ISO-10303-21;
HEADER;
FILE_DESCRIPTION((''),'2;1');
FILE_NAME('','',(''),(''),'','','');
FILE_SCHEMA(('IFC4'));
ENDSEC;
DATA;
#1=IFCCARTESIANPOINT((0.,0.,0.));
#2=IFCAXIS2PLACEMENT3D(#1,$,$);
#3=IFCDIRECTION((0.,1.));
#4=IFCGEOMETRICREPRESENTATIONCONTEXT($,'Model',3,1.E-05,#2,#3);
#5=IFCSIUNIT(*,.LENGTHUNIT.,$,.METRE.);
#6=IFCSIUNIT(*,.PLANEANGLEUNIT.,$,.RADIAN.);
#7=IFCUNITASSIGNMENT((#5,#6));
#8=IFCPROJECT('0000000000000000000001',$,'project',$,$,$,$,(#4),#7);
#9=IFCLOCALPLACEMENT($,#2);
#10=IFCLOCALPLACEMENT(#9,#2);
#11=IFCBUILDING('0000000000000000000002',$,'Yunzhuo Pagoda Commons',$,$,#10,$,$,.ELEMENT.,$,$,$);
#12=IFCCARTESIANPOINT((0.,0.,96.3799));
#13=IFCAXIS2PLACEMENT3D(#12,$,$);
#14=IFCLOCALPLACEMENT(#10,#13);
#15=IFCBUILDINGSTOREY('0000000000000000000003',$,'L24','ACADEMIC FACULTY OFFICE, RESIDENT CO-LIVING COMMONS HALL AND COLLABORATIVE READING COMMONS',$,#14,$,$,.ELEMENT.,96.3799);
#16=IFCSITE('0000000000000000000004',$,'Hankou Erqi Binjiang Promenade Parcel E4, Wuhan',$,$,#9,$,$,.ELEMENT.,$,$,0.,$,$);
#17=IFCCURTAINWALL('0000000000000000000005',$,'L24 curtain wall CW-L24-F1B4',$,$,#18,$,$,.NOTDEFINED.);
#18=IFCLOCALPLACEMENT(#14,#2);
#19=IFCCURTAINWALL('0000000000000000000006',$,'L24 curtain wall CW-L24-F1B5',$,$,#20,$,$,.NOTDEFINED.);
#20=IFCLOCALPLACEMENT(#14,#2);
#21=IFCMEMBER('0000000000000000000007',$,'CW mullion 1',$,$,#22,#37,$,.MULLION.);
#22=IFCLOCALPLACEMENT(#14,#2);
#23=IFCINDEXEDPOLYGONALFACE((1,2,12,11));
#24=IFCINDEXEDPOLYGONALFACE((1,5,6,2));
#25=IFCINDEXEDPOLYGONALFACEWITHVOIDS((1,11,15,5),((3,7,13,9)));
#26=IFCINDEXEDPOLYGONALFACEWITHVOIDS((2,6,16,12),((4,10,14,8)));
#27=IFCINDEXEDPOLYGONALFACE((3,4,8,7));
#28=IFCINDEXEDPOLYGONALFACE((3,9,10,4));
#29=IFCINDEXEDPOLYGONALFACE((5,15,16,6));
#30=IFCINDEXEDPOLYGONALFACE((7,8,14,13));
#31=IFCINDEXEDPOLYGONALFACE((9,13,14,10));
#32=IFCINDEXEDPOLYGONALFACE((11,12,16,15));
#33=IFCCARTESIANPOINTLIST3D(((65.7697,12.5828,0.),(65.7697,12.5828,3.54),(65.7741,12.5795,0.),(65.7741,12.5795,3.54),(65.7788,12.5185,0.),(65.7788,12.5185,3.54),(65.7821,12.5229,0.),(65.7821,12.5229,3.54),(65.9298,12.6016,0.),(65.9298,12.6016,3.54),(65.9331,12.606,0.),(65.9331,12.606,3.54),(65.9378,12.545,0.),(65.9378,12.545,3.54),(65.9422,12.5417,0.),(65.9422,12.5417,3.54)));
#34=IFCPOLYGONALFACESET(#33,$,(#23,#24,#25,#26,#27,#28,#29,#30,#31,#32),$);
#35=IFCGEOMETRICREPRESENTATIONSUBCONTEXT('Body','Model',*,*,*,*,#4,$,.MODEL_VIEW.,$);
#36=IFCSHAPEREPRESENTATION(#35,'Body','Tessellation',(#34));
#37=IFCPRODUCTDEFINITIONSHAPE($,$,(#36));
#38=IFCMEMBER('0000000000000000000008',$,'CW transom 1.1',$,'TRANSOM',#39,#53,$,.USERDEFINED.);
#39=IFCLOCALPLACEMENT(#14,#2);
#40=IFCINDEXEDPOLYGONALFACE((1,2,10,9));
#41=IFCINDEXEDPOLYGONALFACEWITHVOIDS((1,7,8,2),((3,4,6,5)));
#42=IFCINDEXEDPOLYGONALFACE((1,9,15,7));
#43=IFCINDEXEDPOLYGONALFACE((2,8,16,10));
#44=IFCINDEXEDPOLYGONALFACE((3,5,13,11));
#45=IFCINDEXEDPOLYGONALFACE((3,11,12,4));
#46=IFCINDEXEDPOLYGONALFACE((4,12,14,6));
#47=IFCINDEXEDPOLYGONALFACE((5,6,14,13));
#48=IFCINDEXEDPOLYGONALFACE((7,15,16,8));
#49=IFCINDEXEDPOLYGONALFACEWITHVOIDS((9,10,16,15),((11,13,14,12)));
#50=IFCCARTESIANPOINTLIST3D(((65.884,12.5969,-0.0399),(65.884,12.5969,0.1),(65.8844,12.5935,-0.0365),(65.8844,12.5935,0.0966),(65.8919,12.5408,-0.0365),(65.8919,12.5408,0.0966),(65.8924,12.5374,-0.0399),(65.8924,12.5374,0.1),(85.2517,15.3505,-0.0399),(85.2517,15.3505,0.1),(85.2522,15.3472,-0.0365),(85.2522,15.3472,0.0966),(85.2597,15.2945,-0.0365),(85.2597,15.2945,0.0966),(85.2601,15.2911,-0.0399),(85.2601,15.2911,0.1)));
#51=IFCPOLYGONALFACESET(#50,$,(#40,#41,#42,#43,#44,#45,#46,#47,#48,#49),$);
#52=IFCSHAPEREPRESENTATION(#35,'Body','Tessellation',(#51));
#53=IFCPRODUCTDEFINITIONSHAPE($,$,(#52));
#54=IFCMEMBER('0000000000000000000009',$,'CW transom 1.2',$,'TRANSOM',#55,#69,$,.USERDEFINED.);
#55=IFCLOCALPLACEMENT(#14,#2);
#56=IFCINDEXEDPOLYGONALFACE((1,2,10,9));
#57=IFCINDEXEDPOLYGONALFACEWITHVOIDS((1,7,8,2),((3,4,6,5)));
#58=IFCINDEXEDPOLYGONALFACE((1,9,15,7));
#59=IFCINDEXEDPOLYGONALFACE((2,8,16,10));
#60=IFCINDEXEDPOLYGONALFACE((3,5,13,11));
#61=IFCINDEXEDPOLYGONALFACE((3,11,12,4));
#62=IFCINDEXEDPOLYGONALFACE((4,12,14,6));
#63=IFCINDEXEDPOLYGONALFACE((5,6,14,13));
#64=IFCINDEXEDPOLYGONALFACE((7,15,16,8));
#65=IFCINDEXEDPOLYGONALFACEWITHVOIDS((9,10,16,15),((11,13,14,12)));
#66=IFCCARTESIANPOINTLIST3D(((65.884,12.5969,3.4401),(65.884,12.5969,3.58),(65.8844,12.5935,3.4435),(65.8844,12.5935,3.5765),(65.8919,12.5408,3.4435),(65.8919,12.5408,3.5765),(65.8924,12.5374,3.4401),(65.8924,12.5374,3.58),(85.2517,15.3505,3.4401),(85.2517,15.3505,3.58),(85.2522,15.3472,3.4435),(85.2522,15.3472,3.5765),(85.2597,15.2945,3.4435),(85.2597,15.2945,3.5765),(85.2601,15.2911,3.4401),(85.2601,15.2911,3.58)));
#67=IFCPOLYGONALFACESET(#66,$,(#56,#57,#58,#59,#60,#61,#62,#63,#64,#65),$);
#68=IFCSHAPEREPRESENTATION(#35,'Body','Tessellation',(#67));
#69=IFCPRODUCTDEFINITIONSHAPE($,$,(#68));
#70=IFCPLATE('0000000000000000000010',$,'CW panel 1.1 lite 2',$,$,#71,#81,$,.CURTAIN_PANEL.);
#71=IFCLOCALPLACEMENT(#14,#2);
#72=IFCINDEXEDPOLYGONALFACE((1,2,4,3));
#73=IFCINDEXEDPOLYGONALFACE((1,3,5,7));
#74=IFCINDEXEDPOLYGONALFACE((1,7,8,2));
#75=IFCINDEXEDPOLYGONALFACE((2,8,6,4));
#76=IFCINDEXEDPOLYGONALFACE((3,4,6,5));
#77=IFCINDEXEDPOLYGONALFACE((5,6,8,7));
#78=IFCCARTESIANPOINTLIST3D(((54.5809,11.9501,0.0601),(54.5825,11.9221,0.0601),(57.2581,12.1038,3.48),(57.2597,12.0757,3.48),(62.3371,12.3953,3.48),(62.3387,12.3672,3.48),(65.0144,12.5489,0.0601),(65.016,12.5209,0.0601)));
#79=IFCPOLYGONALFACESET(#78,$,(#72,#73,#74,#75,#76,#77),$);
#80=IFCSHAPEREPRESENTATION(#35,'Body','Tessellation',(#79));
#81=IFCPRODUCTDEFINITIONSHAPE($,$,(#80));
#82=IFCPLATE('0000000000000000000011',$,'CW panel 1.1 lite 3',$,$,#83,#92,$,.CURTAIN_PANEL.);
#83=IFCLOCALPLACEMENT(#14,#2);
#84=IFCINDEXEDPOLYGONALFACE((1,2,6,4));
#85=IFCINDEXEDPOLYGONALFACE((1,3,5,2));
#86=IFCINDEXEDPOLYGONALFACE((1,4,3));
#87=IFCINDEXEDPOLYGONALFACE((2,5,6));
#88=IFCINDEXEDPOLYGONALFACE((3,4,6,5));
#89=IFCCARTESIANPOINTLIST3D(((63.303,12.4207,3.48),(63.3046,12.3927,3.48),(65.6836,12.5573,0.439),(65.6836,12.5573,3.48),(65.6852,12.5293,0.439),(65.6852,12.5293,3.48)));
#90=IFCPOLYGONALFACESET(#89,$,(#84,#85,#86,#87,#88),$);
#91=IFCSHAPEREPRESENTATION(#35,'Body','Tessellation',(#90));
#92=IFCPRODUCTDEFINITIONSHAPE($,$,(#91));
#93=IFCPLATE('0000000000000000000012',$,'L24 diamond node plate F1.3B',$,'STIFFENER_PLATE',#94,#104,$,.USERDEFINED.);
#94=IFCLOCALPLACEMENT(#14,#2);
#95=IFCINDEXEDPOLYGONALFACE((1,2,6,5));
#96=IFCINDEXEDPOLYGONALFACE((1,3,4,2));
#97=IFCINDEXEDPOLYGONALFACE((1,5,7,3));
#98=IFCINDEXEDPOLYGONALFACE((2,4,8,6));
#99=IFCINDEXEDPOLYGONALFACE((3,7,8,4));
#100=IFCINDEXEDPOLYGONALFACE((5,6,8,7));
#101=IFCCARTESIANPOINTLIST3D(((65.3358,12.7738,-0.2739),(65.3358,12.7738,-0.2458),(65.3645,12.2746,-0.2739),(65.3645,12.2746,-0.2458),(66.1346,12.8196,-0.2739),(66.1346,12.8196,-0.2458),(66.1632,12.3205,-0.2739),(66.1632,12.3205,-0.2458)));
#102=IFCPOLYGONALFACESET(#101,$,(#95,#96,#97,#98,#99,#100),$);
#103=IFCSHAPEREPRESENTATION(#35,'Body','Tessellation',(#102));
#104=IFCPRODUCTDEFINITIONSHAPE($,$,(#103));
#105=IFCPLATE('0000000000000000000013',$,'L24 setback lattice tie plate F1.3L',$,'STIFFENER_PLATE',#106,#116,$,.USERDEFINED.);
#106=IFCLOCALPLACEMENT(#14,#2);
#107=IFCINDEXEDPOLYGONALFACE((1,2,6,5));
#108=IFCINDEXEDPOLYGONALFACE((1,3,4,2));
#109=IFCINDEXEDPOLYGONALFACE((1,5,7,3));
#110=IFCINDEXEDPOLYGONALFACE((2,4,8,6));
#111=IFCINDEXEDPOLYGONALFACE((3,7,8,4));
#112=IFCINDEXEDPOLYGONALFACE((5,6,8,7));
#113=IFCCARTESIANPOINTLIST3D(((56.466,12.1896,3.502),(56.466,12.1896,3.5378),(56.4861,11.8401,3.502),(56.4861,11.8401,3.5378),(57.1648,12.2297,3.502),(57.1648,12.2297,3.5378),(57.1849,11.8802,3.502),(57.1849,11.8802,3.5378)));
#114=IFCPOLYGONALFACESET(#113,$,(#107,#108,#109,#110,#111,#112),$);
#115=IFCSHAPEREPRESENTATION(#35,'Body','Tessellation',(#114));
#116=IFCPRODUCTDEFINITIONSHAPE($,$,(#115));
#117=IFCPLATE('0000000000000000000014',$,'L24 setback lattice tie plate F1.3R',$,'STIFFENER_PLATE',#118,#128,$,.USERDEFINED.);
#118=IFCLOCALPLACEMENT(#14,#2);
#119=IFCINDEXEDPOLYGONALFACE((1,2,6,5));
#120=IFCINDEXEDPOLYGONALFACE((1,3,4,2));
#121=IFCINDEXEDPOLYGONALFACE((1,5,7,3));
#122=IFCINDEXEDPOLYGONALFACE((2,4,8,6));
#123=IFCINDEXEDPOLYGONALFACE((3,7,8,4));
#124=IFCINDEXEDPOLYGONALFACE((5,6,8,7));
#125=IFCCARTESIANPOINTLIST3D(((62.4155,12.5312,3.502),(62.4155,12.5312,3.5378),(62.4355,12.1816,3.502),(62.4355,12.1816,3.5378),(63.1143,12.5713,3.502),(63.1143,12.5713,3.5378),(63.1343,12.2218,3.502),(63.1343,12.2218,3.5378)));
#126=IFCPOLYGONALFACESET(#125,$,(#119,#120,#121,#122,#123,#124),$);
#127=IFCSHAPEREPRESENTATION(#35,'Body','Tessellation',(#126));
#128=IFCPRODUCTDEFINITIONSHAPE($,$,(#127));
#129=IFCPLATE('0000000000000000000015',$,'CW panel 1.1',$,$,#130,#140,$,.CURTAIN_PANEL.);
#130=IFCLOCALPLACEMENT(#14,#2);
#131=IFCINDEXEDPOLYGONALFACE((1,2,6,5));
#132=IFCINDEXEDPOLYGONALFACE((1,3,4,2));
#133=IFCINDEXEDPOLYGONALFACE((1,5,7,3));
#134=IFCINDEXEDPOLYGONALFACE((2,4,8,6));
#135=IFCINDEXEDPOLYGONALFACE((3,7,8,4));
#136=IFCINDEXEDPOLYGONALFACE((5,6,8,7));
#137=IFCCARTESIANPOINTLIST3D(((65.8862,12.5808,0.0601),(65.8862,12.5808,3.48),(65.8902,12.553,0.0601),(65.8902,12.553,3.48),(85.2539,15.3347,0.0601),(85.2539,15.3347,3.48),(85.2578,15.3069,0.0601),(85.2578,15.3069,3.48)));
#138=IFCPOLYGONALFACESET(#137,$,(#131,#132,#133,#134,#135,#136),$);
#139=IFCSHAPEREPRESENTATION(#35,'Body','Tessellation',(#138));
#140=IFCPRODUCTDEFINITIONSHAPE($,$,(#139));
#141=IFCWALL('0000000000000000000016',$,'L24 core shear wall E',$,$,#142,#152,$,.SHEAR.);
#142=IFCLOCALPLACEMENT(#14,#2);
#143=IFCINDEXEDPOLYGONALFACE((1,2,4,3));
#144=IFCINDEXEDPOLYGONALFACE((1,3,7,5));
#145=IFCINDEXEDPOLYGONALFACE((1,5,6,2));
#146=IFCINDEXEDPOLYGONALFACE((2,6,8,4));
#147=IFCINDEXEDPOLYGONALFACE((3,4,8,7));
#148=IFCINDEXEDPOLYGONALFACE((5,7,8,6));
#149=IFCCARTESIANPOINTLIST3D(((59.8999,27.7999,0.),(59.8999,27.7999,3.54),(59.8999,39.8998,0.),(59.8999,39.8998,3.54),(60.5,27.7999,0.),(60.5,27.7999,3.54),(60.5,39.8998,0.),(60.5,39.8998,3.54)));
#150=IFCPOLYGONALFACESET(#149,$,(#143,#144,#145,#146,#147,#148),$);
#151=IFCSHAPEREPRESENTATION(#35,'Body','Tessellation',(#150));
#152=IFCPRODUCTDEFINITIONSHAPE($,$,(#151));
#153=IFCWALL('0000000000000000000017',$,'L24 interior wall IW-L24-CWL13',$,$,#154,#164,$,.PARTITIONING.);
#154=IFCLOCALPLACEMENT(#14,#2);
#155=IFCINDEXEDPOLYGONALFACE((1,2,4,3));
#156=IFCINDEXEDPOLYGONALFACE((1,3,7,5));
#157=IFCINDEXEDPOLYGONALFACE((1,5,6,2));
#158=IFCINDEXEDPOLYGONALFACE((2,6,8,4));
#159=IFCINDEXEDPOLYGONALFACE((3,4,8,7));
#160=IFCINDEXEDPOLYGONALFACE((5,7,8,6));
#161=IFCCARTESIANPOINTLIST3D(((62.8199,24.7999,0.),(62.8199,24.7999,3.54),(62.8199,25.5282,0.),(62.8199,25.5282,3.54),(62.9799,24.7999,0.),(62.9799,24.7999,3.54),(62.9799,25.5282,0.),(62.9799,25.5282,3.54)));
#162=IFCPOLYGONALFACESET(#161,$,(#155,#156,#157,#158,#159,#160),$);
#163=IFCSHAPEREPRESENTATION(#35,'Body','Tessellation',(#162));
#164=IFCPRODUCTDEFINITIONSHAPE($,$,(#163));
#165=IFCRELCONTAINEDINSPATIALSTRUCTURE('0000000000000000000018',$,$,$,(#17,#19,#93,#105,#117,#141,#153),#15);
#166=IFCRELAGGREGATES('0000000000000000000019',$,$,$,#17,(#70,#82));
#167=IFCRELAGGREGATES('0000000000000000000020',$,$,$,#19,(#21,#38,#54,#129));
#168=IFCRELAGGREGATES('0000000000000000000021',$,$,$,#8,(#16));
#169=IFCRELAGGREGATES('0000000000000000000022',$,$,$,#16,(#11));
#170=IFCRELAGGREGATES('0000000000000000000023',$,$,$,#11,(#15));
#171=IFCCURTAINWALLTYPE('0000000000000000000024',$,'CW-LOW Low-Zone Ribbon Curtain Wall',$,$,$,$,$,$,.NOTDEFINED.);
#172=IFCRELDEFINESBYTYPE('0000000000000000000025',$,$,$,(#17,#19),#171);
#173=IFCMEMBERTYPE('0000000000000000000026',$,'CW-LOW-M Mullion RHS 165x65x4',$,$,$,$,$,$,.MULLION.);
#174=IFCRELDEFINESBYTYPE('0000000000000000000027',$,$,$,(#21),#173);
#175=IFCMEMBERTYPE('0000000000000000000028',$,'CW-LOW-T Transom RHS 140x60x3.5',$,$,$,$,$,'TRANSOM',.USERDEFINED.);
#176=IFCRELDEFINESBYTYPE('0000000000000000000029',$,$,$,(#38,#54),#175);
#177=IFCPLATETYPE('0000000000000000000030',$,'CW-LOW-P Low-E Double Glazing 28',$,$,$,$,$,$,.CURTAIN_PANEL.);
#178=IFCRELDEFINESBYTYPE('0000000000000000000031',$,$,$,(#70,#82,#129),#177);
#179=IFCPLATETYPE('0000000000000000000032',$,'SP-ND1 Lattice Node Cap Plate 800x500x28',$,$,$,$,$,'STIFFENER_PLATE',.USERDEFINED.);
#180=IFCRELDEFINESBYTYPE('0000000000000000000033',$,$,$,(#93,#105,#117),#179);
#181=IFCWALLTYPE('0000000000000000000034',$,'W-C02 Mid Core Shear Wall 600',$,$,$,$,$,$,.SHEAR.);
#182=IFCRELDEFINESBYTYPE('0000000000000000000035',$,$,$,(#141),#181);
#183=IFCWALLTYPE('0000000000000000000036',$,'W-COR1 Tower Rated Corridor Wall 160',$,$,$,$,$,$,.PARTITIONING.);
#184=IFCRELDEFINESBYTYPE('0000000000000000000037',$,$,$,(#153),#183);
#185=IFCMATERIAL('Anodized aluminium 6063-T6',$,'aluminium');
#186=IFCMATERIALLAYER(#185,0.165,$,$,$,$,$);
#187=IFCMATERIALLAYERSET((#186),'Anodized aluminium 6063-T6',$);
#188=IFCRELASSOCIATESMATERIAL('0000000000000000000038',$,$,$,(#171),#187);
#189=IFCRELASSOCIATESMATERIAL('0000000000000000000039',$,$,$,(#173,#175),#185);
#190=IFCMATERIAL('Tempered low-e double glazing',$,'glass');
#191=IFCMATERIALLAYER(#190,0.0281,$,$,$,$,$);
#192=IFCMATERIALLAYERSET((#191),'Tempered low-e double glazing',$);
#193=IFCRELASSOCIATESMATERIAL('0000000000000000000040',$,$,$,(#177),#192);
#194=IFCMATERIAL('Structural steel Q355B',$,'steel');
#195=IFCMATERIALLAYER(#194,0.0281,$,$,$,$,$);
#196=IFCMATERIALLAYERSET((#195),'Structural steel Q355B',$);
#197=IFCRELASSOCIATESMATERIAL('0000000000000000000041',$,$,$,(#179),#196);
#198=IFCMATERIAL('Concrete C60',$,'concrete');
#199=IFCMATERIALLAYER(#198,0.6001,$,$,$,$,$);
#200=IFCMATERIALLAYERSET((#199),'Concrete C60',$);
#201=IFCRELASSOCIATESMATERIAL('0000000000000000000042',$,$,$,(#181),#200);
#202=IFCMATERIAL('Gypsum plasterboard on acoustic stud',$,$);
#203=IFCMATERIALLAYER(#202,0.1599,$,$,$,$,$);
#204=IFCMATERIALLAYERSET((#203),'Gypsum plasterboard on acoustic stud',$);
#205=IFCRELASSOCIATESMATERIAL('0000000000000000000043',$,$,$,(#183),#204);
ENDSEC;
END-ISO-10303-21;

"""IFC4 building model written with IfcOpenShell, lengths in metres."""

from ifc_helpers import new_model, si_unit, direction, frame, frame_2d, origin, origin_2d, place, context, subcontext, project, spatial, polyline, rectangle, hollow_rectangle, outline, extrude, source, transform, mapped, material, layer, layer_set, material_profile, profile_set, type_object, element, aggregate, save


model = new_model("IFC4")

# Units and contexts
model_context = context("Model", 3, precision=1e-05, world=origin(), true_north=direction((0.0, 1.0)))
body_context = subcontext(model_context, "Body", "Model", "MODEL_VIEW")
ifc_project = project(units=[si_unit("LENGTHUNIT", "METRE"), si_unit("PLANEANGLEUNIT", "RADIAN")], contexts=[model_context])

# Site, building, storey
site_placement = place(None, origin())
site = spatial("IfcSite", under=ifc_project, at=site_placement, Name="Hankou Erqi Binjiang Promenade Parcel E4, Wuhan", CompositionType="ELEMENT", RefElevation=0.0)
building_placement = place(site_placement, origin())
building = spatial("IfcBuilding", under=site, at=building_placement, Name="Yunzhuo Pagoda Commons", CompositionType="ELEMENT")
storey_placement = place(building_placement, frame((0.0, 0.0, 96.3799)))
storey = spatial("IfcBuildingStorey", under=building, at=storey_placement, Name="L24", Description="ACADEMIC FACULTY OFFICE, RESIDENT CO-LIVING COMMONS HALL AND COLLABORATIVE READING COMMONS", CompositionType="ELEMENT", Elevation=96.3799)

# Shared definitions
ifc_material_1 = material(Name="Structural steel Q355B", Category="steel")

# Curtain wall
ifc_material_2 = material(Name="Anodized aluminium 6063-T6", Category="aluminium")
ifc_layer_1 = layer(ifc_material_2, 0.165)
ifc_layer_set_1 = layer_set([ifc_layer_1], Name="Anodized aluminium 6063-T6")
curtain_wall_type = type_object("IfcCurtainWallType", Name="CW-LOW Low-Zone Ribbon Curtain Wall", PredefinedType="NOTDEFINED", material=ifc_layer_set_1)
curtain_wall_1_placement = place(storey_placement, origin())
curtain_wall_1 = element("IfcCurtainWall", 1, at=curtain_wall_1_placement, inside=storey, type_object=curtain_wall_type, Name="L24 curtain wall CW-L24-F1B4", PredefinedType="NOTDEFINED")
ifc_material_profile_1 = material_profile(ifc_material_2, hollow_rectangle(XDim=0.0649, YDim=0.165, WallThickness=0.0039, at=origin_2d()), Name="Anodized aluminium 6063-T6")
ifc_profile_set_1 = profile_set([ifc_material_profile_1], Name="Anodized aluminium 6063-T6")
member_type_1 = type_object("IfcMemberType", Name="CW-LOW-M Mullion RHS 165x65x4", PredefinedType="MULLION", material=ifc_profile_set_1)
shared_shape_1 = source(origin(), body_context, "Body", "SweptSolid", [
    extrude(hollow_rectangle(XDim=0.0649, YDim=0.165, WallThickness=0.0039, at=origin_2d()), origin(), (0.0, 0.0, 1.0), 3.54),
])

# Curtain wall, members
curtain_wall_2_placement = place(storey_placement, origin())
curtain_wall_2 = element("IfcCurtainWall", 2, at=curtain_wall_2_placement, inside=storey, type_object=curtain_wall_type, Name="L24 curtain wall CW-L24-F1B5", PredefinedType="NOTDEFINED")
member_1_placement = place(storey_placement, frame((65.856, 12.5623, 0.0), z_axis=(0.0, 0.0, 1.0), x_axis=(-0.140774, 0.990042, 0.0)))
member_1 = element("IfcMember", 3, at=member_1_placement, type_object=member_type_1, Name="CW mullion 1", PredefinedType="MULLION", context=body_context, shape_type="MappedRepresentation", body=[
    mapped(shared_shape_1, transform((0.0, 0.0, 0.0), scale=1.0)),
])
ifc_material_profile_2 = material_profile(ifc_material_2, hollow_rectangle(XDim=0.0601, YDim=0.1399, WallThickness=0.0034, at=origin_2d()), Name="Anodized aluminium 6063-T6")
ifc_profile_set_2 = profile_set([ifc_material_profile_2], Name="Anodized aluminium 6063-T6")
member_type_2 = type_object("IfcMemberType", Name="CW-LOW-T Transom RHS 140x60x3.5", ElementType="TRANSOM", PredefinedType="USERDEFINED", material=ifc_profile_set_2)
shared_shape_2 = source(origin(), body_context, "Body", "SweptSolid", [
    extrude(hollow_rectangle(XDim=0.0601, YDim=0.1399, WallThickness=0.0034, at=origin_2d()), origin(), (0.0, 0.0, 1.0), 19.5625),
])
member_2_placement = place(storey_placement, frame((65.8882, 12.5671, 0.03), z_axis=(0.990043, 0.140763, 0.0), x_axis=(-0.140763, 0.990043, 0.0)))
member_2 = element("IfcMember", 4, at=member_2_placement, type_object=member_type_2, Name="CW transom 1.1", ObjectType="TRANSOM", PredefinedType="USERDEFINED", context=body_context, shape_type="MappedRepresentation", body=[
    mapped(shared_shape_2, transform((0.0, 0.0, 0.0), scale=1.0)),
])
member_3_placement = place(storey_placement, frame((65.8882, 12.5671, 3.51), z_axis=(0.990043, 0.140763, 0.0), x_axis=(-0.140763, 0.990043, 0.0)))
member_3 = element("IfcMember", 5, at=member_3_placement, type_object=member_type_2, Name="CW transom 1.2", ObjectType="TRANSOM", PredefinedType="USERDEFINED", context=body_context, shape_type="MappedRepresentation", body=[
    mapped(shared_shape_2, transform((0.0, 0.0, 0.0), scale=1.0)),
])

# Plates
ifc_material_3 = material(Name="Tempered low-e double glazing", Category="glass")
ifc_layer_2 = layer(ifc_material_3, 0.0281)
ifc_layer_set_2 = layer_set([ifc_layer_2], Name="Tempered low-e double glazing")
plate_type_1 = type_object("IfcPlateType", Name="CW-LOW-P Low-E Double Glazing 28", PredefinedType="CURTAIN_PANEL", material=ifc_layer_set_2)
plate_1_placement = place(storey_placement, frame((59.7976, 12.2495, 1.77), z_axis=(0.057299, -0.998357, 0.0), x_axis=(0.998357, 0.057299, 0.0)))
plate_1 = element("IfcPlate", 6, at=plate_1_placement, type_object=plate_type_1, Name="CW panel 1.1 lite 2", PredefinedType="CURTAIN_PANEL", context=body_context, shape_type="SweptSolid", body=[
    extrude(outline(polyline([(-5.2253, -1.71), (5.2253, -1.71), (2.5437, 1.71), (-2.5437, 1.71), (-5.2253, -1.71)])), origin(), (0.0, 0.0, 1.0), 0.0281),
])
plate_2_placement = place(storey_placement, frame((64.4934, 12.489, 1.9595), z_axis=(0.057299, -0.998357, 0.0), x_axis=(0.998357, 0.057299, 0.0)))
plate_2 = element("IfcPlate", 7, at=plate_2_placement, type_object=plate_type_1, Name="CW panel 1.1 lite 3", PredefinedType="CURTAIN_PANEL", context=body_context, shape_type="SweptSolid", body=[
    extrude(outline(polyline([(-1.1924, 1.5205), (1.1921, -1.5205), (1.1921, 1.5205), (-1.1924, 1.5205)])), origin(), (0.0, 0.0, 1.0), 0.0281),
])
aggregate(curtain_wall_1, [plate_1, plate_2])

# Plates
ifc_layer_3 = layer(ifc_material_1, 0.0281)
ifc_layer_set_3 = layer_set([ifc_layer_3], Name="Structural steel Q355B")
plate_type_2 = type_object("IfcPlateType", Name="SP-ND1 Lattice Node Cap Plate 800x500x28", ElementType="STIFFENER_PLATE", PredefinedType="USERDEFINED", material=ifc_layer_set_3)
shared_shape_3 = source(origin(), body_context, "Body", "SweptSolid", [
    extrude(rectangle(XDim=0.8, YDim=0.5, at=origin_2d()), origin(), (0.0, 0.0, 1.0), 0.0281),
])
plate_3_placement = place(storey_placement, frame((65.7495, 12.5471, -0.2739), z_axis=(0.0, 0.0, 1.0), x_axis=(0.998357, 0.057303, 0.0)))
element("IfcPlate", 8, at=plate_3_placement, inside=storey, type_object=plate_type_2, Name="L24 diamond node plate F1.3B", ObjectType="STIFFENER_PLATE", PredefinedType="USERDEFINED", context=body_context, shape_type="MappedRepresentation", body=[
    mapped(shared_shape_3, transform((0.0, 0.0, 0.0), scale=1.0)),
])
shared_shape_4 = source(origin(), body_context, "Body", "SweptSolid", [
    extrude(rectangle(XDim=0.7, YDim=0.3501, at=origin_2d()), origin(), (0.0, 0.0, 1.0), 0.0359),
])
for number, where, z_axis, x_axis, name in (
    (9, (56.8254, 12.0349, 3.502), (0.0, 0.0, 1.0), (0.998357, 0.057303, 0.0), "L24 setback lattice tie plate F1.3L"),
    (10, (62.7749, 12.3765, 3.502), (0.0, 0.0, 1.0), (0.998357, 0.057303, 0.0), "L24 setback lattice tie plate F1.3R"),
):
    element("IfcPlate", number, at=place(storey_placement, frame(where, z_axis=z_axis, x_axis=x_axis)), inside=storey, type_object=plate_type_2, Name=name, ObjectType="STIFFENER_PLATE", PredefinedType="USERDEFINED", context=body_context, shape_type="MappedRepresentation", body=[
        mapped(shared_shape_4, transform((0.0, 0.0, 0.0), scale=1.0)),
    ])

# Plate
shared_shape_5 = source(origin(), body_context, "Body", "SweptSolid", [
    extrude(rectangle(XDim=19.5625, YDim=0.0281, at=origin_2d()), origin(), (0.0, 0.0, 1.0), 3.4199),
])
plate_4_placement = place(storey_placement, frame((75.572, 13.9438, 0.0601), z_axis=(0.0, 0.0, 1.0), x_axis=(0.990042, 0.140774, 0.0)))
plate_4 = element("IfcPlate", 11, at=plate_4_placement, type_object=plate_type_1, Name="CW panel 1.1", PredefinedType="CURTAIN_PANEL", context=body_context, shape_type="MappedRepresentation", body=[
    mapped(shared_shape_5, transform((0.0, 0.0, 0.0), scale=1.0)),
])
aggregate(curtain_wall_2, [member_1, member_2, member_3, plate_4])

# Walls
ifc_material_4 = material(Name="Concrete C60", Category="concrete")
ifc_layer_4 = layer(ifc_material_4, 0.6001)
ifc_layer_set_4 = layer_set([ifc_layer_4], Name="Concrete C60")
wall_type_1 = type_object("IfcWallType", Name="W-C02 Mid Core Shear Wall 600", PredefinedType="SHEAR", material=ifc_layer_set_4)
wall_1_placement = place(storey_placement, frame((60.2, 27.8, 0.0), z_axis=(0.0, 0.0, 1.0), x_axis=(0.0, 1.0, 0.0)))
element("IfcWall", 12, at=wall_1_placement, inside=storey, type_object=wall_type_1, Name="L24 core shear wall E", PredefinedType="SHEAR", context=body_context, shape_type="SweptSolid", body=[
    extrude(rectangle(XDim=12.0999, YDim=0.6001, at=frame_2d((6.0498, 0.0))), origin(), (0.0, 0.0, 1.0), 3.54),
])
ifc_material_5 = material(Name="Gypsum plasterboard on acoustic stud")
ifc_layer_5 = layer(ifc_material_5, 0.1599)
ifc_layer_set_5 = layer_set([ifc_layer_5], Name="Gypsum plasterboard on acoustic stud")
wall_type_2 = type_object("IfcWallType", Name="W-COR1 Tower Rated Corridor Wall 160", PredefinedType="PARTITIONING", material=ifc_layer_set_5)
wall_2_placement = place(storey_placement, frame((62.8999, 25.5283, 0.0), z_axis=(0.0, 0.0, 1.0), x_axis=(0.0, -1.0, 0.0)))
element("IfcWall", 13, at=wall_2_placement, inside=storey, type_object=wall_type_2, Name="L24 interior wall IW-L24-CWL13", PredefinedType="PARTITIONING", context=body_context, shape_type="SweptSolid", body=[
    extrude(rectangle(XDim=0.7283, YDim=0.1599, at=frame_2d((0.3643, 0.0))), origin(), (0.0, 0.0, 1.0), 3.54),
])

save(model, "model.ifc")
